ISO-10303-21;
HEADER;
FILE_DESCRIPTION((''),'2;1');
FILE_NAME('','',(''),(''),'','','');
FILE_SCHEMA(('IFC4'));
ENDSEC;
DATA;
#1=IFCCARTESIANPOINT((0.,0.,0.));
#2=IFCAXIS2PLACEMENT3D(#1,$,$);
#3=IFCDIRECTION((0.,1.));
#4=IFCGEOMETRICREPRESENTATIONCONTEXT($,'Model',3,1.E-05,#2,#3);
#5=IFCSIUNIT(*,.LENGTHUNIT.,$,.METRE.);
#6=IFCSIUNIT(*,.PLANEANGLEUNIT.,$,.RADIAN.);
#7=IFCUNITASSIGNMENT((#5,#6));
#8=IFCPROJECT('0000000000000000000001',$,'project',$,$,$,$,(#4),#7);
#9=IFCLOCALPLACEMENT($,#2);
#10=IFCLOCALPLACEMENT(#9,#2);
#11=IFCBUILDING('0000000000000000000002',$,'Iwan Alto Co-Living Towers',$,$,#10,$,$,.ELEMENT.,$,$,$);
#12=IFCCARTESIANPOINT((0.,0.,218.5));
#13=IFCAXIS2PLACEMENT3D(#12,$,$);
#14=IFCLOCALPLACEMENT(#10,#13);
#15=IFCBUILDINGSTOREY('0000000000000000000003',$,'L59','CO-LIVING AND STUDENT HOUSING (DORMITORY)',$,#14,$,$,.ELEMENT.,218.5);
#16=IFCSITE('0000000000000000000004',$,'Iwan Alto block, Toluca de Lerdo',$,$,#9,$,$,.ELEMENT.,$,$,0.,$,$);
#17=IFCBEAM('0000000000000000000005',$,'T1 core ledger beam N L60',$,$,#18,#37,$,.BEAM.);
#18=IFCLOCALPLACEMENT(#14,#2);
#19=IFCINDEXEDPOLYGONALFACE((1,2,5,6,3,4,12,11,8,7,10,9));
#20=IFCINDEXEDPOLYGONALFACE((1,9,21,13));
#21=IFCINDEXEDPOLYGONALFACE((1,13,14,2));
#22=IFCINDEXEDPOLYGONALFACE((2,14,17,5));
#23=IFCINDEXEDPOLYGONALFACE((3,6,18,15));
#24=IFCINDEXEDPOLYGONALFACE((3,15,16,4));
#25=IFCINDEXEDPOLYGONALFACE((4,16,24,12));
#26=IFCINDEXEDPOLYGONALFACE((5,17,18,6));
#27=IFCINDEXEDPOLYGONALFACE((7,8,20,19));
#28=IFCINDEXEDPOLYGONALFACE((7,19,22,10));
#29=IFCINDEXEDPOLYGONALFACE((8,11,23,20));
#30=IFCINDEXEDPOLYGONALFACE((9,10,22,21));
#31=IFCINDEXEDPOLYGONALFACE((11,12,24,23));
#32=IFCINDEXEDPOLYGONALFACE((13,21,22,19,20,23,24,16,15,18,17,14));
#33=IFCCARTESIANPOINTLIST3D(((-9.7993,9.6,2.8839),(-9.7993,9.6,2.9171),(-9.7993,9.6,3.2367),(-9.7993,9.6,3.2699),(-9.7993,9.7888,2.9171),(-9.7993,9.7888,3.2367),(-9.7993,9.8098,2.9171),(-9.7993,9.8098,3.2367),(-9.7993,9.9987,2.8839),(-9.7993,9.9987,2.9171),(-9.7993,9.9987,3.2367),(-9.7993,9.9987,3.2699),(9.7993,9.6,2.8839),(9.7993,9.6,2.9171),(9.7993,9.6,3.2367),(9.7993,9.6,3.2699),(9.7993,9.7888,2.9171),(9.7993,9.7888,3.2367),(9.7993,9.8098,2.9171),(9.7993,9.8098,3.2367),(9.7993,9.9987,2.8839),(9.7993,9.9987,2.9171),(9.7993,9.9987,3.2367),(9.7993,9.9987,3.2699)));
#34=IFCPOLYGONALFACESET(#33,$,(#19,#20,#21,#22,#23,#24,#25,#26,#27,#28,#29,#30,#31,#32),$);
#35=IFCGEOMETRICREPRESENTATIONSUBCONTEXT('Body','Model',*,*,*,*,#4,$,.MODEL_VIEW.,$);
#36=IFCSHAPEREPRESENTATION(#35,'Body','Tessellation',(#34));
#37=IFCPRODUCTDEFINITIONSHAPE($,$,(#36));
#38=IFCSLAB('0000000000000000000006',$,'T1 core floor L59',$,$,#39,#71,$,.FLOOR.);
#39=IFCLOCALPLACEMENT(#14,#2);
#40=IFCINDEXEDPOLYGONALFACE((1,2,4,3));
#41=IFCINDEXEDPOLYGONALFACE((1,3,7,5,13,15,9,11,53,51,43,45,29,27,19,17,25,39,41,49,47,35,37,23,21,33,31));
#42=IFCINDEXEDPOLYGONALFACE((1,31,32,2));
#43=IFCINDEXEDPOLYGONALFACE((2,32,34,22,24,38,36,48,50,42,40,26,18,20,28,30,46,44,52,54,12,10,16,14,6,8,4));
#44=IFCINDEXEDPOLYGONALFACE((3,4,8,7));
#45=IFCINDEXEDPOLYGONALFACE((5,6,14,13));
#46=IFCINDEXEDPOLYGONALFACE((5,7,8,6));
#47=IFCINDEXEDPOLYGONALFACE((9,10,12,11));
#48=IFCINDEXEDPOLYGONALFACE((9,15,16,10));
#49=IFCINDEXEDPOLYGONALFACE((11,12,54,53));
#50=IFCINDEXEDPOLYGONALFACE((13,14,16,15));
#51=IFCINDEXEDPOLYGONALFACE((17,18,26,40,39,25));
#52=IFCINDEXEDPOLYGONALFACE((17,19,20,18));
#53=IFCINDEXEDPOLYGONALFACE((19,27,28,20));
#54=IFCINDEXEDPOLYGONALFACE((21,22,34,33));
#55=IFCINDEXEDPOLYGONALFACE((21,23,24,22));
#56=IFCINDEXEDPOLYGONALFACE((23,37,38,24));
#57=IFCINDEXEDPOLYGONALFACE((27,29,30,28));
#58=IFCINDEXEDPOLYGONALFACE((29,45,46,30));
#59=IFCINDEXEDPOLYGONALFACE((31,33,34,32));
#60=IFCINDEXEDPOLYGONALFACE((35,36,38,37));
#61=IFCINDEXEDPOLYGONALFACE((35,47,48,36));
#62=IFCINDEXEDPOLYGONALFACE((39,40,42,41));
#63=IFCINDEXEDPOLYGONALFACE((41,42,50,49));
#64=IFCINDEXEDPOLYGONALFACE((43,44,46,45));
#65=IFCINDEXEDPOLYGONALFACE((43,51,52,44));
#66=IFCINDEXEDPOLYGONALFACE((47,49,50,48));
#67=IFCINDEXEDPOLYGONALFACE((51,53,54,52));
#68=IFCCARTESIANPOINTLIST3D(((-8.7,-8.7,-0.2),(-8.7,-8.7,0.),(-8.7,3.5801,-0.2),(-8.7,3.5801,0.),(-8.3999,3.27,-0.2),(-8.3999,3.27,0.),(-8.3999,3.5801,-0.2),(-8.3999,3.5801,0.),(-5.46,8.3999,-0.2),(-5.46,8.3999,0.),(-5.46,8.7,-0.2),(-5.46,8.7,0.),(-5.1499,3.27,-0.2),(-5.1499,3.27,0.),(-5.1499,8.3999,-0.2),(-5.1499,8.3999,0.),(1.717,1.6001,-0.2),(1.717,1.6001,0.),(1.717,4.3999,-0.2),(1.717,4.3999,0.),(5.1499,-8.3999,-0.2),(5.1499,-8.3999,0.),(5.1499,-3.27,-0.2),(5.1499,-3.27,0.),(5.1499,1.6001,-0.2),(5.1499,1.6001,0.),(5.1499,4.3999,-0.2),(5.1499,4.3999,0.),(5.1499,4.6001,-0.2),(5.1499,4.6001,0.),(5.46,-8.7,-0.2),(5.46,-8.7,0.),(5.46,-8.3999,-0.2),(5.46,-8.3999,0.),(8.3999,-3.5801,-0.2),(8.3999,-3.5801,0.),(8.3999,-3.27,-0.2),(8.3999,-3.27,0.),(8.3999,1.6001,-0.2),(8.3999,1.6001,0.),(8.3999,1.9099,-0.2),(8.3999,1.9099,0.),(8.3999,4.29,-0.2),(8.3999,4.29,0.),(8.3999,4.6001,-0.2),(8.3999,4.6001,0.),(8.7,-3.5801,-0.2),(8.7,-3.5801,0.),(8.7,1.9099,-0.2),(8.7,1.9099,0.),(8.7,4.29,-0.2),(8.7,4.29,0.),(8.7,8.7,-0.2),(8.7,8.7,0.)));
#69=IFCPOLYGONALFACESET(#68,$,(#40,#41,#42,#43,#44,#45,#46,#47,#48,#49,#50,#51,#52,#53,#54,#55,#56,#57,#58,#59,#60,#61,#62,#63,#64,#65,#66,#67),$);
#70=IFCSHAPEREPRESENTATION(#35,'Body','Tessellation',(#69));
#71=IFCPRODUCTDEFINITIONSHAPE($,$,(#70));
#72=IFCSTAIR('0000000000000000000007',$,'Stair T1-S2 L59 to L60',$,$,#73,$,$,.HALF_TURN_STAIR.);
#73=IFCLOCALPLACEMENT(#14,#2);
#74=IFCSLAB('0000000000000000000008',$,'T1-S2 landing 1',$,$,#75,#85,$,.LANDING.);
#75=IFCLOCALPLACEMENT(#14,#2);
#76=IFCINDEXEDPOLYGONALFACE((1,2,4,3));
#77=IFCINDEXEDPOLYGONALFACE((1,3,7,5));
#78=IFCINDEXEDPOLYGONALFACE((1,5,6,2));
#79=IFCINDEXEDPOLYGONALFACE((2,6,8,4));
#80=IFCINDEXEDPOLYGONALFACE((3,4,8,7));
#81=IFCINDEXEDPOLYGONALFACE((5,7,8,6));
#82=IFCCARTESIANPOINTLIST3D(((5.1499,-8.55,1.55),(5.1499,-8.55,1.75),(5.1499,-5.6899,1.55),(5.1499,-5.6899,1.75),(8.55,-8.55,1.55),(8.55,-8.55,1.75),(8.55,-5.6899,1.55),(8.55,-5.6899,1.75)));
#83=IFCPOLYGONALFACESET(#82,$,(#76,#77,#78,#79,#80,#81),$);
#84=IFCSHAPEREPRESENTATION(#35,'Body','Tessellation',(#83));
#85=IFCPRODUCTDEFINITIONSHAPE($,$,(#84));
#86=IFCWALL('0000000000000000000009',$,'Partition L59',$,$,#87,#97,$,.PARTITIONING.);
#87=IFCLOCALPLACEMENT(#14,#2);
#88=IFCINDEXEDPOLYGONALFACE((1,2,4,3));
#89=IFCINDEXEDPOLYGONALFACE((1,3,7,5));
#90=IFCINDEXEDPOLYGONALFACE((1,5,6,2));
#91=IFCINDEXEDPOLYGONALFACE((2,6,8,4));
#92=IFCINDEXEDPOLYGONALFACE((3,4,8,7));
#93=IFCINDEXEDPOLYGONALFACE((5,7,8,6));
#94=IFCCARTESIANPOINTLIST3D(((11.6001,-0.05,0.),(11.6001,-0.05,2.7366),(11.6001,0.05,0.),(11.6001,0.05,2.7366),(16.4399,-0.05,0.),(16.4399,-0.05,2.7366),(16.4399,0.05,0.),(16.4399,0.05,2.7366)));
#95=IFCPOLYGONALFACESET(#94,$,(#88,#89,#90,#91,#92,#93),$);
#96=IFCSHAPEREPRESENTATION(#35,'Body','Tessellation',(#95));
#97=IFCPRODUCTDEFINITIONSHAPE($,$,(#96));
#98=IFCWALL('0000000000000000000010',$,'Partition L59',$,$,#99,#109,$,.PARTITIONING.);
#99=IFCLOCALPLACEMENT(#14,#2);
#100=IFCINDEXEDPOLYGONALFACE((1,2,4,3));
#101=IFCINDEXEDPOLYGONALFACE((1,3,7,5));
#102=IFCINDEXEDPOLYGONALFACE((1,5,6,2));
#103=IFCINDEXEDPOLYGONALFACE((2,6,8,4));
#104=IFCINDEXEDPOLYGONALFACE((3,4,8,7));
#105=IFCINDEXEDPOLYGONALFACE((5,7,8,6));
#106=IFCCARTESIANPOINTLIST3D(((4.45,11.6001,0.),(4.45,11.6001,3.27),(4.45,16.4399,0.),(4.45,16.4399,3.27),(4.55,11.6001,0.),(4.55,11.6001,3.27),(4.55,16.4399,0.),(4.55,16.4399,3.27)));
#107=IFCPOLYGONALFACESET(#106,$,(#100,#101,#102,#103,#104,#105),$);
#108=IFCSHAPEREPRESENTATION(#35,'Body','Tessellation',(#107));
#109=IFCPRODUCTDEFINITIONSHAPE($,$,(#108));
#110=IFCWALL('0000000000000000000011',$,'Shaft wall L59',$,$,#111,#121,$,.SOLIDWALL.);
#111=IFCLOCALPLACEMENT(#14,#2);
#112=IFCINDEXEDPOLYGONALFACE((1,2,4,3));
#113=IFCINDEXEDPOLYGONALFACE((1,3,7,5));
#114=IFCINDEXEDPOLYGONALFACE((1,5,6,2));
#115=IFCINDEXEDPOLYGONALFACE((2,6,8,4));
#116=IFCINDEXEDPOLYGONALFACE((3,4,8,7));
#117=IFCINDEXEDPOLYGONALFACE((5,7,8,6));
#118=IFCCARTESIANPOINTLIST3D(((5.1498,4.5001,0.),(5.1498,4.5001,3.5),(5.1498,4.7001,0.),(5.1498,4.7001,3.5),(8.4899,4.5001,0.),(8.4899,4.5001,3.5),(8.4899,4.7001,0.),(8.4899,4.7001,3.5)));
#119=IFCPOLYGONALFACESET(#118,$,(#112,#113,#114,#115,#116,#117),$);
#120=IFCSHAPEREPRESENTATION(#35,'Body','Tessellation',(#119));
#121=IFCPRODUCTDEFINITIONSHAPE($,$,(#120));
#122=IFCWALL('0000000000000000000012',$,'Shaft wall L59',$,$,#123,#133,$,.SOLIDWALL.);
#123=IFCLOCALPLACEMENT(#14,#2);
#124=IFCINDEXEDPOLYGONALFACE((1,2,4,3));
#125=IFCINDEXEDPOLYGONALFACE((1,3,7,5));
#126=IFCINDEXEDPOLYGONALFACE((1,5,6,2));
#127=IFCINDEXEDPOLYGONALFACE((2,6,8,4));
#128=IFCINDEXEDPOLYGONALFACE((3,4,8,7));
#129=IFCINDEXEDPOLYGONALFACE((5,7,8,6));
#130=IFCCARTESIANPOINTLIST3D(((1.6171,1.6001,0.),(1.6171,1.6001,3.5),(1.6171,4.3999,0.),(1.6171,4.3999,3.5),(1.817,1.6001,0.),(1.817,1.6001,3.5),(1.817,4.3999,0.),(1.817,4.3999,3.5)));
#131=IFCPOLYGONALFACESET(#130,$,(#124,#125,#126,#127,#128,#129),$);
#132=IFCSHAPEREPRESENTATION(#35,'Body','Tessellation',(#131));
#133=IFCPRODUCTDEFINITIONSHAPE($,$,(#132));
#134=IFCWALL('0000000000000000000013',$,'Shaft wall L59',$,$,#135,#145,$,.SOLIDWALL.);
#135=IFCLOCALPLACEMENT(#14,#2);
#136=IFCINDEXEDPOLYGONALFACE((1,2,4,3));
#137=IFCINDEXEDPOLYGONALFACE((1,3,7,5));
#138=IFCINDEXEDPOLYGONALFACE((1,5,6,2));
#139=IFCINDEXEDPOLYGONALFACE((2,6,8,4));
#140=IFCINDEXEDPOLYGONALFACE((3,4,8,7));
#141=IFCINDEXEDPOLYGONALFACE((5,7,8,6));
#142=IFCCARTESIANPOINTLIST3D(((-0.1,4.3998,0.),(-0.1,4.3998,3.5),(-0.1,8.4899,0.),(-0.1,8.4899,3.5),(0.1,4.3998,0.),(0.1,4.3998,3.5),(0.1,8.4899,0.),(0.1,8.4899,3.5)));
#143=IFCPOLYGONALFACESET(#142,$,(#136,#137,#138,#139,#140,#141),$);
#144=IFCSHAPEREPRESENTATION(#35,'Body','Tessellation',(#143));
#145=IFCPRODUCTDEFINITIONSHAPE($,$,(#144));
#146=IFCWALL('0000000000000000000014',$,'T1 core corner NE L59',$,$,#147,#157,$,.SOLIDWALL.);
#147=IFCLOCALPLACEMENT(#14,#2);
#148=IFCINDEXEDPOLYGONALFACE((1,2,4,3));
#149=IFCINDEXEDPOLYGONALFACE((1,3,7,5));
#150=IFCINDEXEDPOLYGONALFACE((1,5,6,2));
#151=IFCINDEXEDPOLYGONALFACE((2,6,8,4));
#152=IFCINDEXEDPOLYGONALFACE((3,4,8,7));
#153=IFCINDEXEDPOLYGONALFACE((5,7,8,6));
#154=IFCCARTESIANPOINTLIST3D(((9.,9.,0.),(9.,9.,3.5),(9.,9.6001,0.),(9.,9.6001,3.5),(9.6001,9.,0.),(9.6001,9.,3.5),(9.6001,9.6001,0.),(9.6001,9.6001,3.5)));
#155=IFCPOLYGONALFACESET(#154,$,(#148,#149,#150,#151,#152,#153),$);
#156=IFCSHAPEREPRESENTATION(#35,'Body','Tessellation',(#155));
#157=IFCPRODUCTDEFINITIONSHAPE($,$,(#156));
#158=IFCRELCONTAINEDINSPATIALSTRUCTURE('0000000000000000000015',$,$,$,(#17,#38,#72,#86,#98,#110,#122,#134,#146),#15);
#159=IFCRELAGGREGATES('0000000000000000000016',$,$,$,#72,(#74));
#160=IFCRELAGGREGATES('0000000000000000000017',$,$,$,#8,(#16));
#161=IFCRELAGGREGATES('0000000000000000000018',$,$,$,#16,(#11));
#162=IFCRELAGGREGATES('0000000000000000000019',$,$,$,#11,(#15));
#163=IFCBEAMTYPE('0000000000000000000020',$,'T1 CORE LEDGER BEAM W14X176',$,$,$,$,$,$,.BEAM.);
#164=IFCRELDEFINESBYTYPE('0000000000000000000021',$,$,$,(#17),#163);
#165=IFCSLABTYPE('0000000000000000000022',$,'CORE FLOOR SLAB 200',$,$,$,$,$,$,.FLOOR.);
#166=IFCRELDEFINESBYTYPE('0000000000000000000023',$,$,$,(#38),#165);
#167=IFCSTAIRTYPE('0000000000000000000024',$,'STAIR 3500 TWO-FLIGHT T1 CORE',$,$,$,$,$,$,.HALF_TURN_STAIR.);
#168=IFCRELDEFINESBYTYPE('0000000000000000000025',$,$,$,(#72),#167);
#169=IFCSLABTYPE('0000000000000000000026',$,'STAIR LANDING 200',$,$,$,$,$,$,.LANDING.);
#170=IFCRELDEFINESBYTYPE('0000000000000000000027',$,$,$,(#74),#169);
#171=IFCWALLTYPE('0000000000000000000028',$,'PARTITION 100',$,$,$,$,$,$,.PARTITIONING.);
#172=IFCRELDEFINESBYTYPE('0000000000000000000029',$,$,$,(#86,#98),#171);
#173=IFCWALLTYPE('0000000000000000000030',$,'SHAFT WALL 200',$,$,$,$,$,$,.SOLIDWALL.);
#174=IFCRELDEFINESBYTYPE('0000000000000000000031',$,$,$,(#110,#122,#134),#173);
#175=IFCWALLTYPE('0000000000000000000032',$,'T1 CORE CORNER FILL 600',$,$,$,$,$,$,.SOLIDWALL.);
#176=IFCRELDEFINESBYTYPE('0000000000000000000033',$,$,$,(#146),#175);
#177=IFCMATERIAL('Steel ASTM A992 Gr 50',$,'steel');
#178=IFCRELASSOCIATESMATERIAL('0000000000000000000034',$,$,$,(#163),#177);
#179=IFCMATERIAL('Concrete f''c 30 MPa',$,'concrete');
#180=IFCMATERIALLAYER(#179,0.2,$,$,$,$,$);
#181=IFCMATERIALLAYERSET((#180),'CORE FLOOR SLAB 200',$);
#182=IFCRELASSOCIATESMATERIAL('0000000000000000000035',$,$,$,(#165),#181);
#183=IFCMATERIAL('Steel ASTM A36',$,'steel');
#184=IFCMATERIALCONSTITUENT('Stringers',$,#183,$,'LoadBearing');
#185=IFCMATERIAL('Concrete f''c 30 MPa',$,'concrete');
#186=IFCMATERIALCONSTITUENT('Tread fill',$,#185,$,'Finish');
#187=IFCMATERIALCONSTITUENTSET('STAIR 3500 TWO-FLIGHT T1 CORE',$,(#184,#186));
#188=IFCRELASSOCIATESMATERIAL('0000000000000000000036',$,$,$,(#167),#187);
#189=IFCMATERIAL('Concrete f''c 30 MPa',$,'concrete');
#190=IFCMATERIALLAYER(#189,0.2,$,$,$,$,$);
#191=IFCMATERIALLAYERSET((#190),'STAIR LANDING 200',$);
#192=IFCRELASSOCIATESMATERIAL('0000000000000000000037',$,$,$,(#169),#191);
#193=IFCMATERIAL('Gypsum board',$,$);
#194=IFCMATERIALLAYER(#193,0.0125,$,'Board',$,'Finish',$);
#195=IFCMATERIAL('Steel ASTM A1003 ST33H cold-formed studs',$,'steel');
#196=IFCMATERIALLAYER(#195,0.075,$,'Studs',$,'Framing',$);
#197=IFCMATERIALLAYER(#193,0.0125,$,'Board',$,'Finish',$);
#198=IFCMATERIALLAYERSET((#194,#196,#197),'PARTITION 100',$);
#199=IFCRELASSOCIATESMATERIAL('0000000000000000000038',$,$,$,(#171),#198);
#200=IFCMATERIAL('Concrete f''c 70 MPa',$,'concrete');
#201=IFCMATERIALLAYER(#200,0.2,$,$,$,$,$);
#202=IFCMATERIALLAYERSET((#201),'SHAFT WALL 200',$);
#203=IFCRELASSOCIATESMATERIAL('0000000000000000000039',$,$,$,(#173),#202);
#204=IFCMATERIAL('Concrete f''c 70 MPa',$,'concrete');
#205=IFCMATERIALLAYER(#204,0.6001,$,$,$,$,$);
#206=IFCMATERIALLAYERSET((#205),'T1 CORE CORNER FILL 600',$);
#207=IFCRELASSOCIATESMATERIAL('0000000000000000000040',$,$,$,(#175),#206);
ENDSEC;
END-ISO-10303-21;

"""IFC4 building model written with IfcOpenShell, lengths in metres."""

from ifc_helpers import new_model, si_unit, direction, frame, frame_2d, origin, origin_2d, place, context, subcontext, project, spatial, polyline, rectangle, i_section, outline, extrude, material, layer, layer_set, constituent, constituent_set, material_profile, profile_set, type_object, element, aggregate, save


model = new_model("IFC4")

# Units and contexts
model_context = context("Model", 3, precision=1e-05, world=origin(), true_north=direction((0.0, 1.0)))
body_context = subcontext(model_context, "Body", "Model", "MODEL_VIEW")
ifc_project = project(units=[si_unit("LENGTHUNIT", "METRE"), si_unit("PLANEANGLEUNIT", "RADIAN")], contexts=[model_context])

# Site, building, storey
site_placement = place(None, origin())
site = spatial("IfcSite", under=ifc_project, at=site_placement, Name="Iwan Alto block, Toluca de Lerdo", CompositionType="ELEMENT", RefElevation=0.0)
building_placement = place(site_placement, origin())
building = spatial("IfcBuilding", under=site, at=building_placement, Name="Iwan Alto Co-Living Towers", CompositionType="ELEMENT")
storey_placement = place(building_placement, frame((0.0, 0.0, 218.5)))
storey = spatial("IfcBuildingStorey", under=building, at=storey_placement, Name="L59", Description="CO-LIVING AND STUDENT HOUSING (DORMITORY)", CompositionType="ELEMENT", Elevation=218.5)

# Beam
ifc_material_1 = material(Name="Steel ASTM A992 Gr 50", Category="steel")
ifc_material_profile = material_profile(ifc_material_1, i_section(OverallWidth=0.3987, OverallDepth=0.386, WebThickness=0.021, FlangeThickness=0.0332, at=origin_2d()), Name="W14X176")
ifc_profile_set = profile_set([ifc_material_profile], Name="Steel ASTM A992 Gr 50")
beam_type = type_object("IfcBeamType", Name="T1 CORE LEDGER BEAM W14X176", PredefinedType="BEAM", material=ifc_profile_set)
beam_placement = place(storey_placement, frame((9.7993, 9.7993, 3.0769), z_axis=(-1.0, 0.0, 0.0), x_axis=(0.0, -1.0, 0.0)))
element("IfcBeam", 1, at=beam_placement, inside=storey, type_object=beam_type, Name="T1 core ledger beam N L60", PredefinedType="BEAM", context=body_context, shape_type="SweptSolid", body=[
    extrude(i_section(OverallWidth=0.3987, OverallDepth=0.386, WebThickness=0.021, FlangeThickness=0.0332, at=origin_2d()), origin(), (0.0, 0.0, 1.0), 19.5986),
])

# Slab
ifc_material_2 = material(Name="Concrete f'c 30 MPa", Category="concrete")
ifc_layer_1 = layer(ifc_material_2, 0.2)
ifc_layer_set_1 = layer_set([ifc_layer_1], Name="CORE FLOOR SLAB 200")
slab_type_1 = type_object("IfcSlabType", Name="CORE FLOOR SLAB 200", PredefinedType="FLOOR", material=ifc_layer_set_1)
slab_1_placement = place(storey_placement, frame((0.0, 0.0, -0.2)))
element("IfcSlab", 2, at=slab_1_placement, inside=storey, type_object=slab_type_1, Name="T1 core floor L59", PredefinedType="FLOOR", context=body_context, shape_type="SweptSolid", body=[
    extrude(outline(polyline([(-8.7, 3.5801), (-8.3999, 3.5801), (-8.3999, 3.27), (-5.1499, 3.27), (-5.1499, 8.3999), (-5.46, 8.3999), (-5.46, 8.7), (8.7, 8.7), (8.7, 4.29), (8.3999, 4.29), (8.3999, 4.6001), (5.1499, 4.6001), (5.1499, 4.3999), (1.717, 4.3999), (1.717, 1.6001), (5.1499, 1.6001), (8.3999, 1.6001), (8.3999, 1.9099), (8.7, 1.9099), (8.7, -3.5801), (8.3999, -3.5801), (8.3999, -3.27), (5.1499, -3.27), (5.1499, -8.3999), (5.46, -8.3999), (5.46, -8.7), (-8.7, -8.7), (-8.7, 3.5801)])), origin(), (0.0, 0.0, 1.0), 0.2),
])

# Stair, slab
ifc_material_3 = material(Name="Steel ASTM A36", Category="steel")
ifc_constituent_1 = constituent(ifc_material_3, Name="Stringers", Category="LoadBearing")
ifc_material_4 = material(Name="Concrete f'c 30 MPa", Category="concrete")
ifc_constituent_2 = constituent(ifc_material_4, Name="Tread fill", Category="Finish")
ifc_constituent_set = constituent_set(constituents=[ifc_constituent_1, ifc_constituent_2], Name="STAIR 3500 TWO-FLIGHT T1 CORE")
stair_type = type_object("IfcStairType", Name="STAIR 3500 TWO-FLIGHT T1 CORE", PredefinedType="HALF_TURN_STAIR", material=ifc_constituent_set)
stair_placement = place(storey_placement, origin())
stair = element("IfcStair", 3, at=stair_placement, inside=storey, type_object=stair_type, Name="Stair T1-S2 L59 to L60", PredefinedType="HALF_TURN_STAIR")
ifc_material_5 = material(Name="Concrete f'c 30 MPa", Category="concrete")
ifc_layer_2 = layer(ifc_material_5, 0.2)
ifc_layer_set_2 = layer_set([ifc_layer_2], Name="STAIR LANDING 200")
slab_type_2 = type_object("IfcSlabType", Name="STAIR LANDING 200", PredefinedType="LANDING", material=ifc_layer_set_2)
slab_2_placement = place(storey_placement, frame((0.0, 0.0, 1.55)))
slab_2 = element("IfcSlab", 4, at=slab_2_placement, type_object=slab_type_2, Name="T1-S2 landing 1", PredefinedType="LANDING", context=body_context, shape_type="SweptSolid", body=[
    extrude(outline(polyline([(5.1499, -5.6899), (5.1499, -8.55), (8.55, -8.55), (8.55, -5.6899), (5.1499, -5.6899)])), origin(), (0.0, 0.0, 1.0), 0.2),
])
aggregate(stair, [slab_2])

# Walls
ifc_material_6 = material(Name="Gypsum board")
ifc_layer_3 = layer(ifc_material_6, 0.0125, Name="Board", Category="Finish")
ifc_material_7 = material(Name="Steel ASTM A1003 ST33H cold-formed studs", Category="steel")
ifc_layer_4 = layer(ifc_material_7, 0.075, Name="Studs", Category="Framing")
ifc_layer_5 = layer(ifc_material_6, 0.0125, Name="Board", Category="Finish")
ifc_layer_set_3 = layer_set([ifc_layer_3, ifc_layer_4, ifc_layer_5], Name="PARTITION 100")
wall_type_1 = type_object("IfcWallType", Name="PARTITION 100", PredefinedType="PARTITIONING", material=ifc_layer_set_3)
wall_1_placement = place(storey_placement, frame((11.6001, 0.0, 0.0), z_axis=(0.0, 0.0, 1.0), x_axis=(1.0, 0.0, 0.0)))
element("IfcWall", 5, at=wall_1_placement, inside=storey, type_object=wall_type_1, Name="Partition L59", PredefinedType="PARTITIONING", context=body_context, shape_type="SweptSolid", body=[
    extrude(rectangle(XDim=4.8398, YDim=0.1001, at=frame_2d((2.4199, 0.0))), origin(), (0.0, 0.0, 1.0), 2.7366),
])
wall_2_placement = place(storey_placement, frame((4.5, 11.6001, 0.0), z_axis=(0.0, 0.0, 1.0), x_axis=(0.0, 1.0, 0.0)))
element("IfcWall", 6, at=wall_2_placement, inside=storey, type_object=wall_type_1, Name="Partition L59", PredefinedType="PARTITIONING", context=body_context, shape_type="SweptSolid", body=[
    extrude(rectangle(XDim=4.8398, YDim=0.1001, at=frame_2d((2.4199, 0.0))), origin(), (0.0, 0.0, 1.0), 3.27),
])
ifc_material_8 = material(Name="Concrete f'c 70 MPa", Category="concrete")
ifc_layer_6 = layer(ifc_material_8, 0.2)
ifc_layer_set_4 = layer_set([ifc_layer_6], Name="SHAFT WALL 200")
wall_type_2 = type_object("IfcWallType", Name="SHAFT WALL 200", PredefinedType="SOLIDWALL", material=ifc_layer_set_4)
wall_3_placement = place(storey_placement, frame((5.1499, 4.6001, 0.0), z_axis=(0.0, 0.0, 1.0), x_axis=(1.0, 0.0, 0.0)))
element("IfcWall", 7, at=wall_3_placement, inside=storey, type_object=wall_type_2, Name="Shaft wall L59", PredefinedType="SOLIDWALL", context=body_context, shape_type="SweptSolid", body=[
    extrude(rectangle(XDim=3.3401, YDim=0.2, at=frame_2d((1.6699, 0.0))), origin(), (0.0, 0.0, 1.0), 3.5),
])
wall_4_placement = place(storey_placement, frame((1.717, 1.6001, 0.0), z_axis=(0.0, 0.0, 1.0), x_axis=(0.0, 1.0, 0.0)))
element("IfcWall", 8, at=wall_4_placement, inside=storey, type_object=wall_type_2, Name="Shaft wall L59", PredefinedType="SOLIDWALL", context=body_context, shape_type="SweptSolid", body=[
    extrude(rectangle(XDim=2.7998, YDim=0.2, at=frame_2d((1.3999, 0.0))), origin(), (0.0, 0.0, 1.0), 3.5),
])
wall_5_placement = place(storey_placement, frame((0.0, 4.3999, 0.0), z_axis=(0.0, 0.0, 1.0), x_axis=(0.0, 1.0, 0.0)))
element("IfcWall", 9, at=wall_5_placement, inside=storey, type_object=wall_type_2, Name="Shaft wall L59", PredefinedType="SOLIDWALL", context=body_context, shape_type="SweptSolid", body=[
    extrude(rectangle(XDim=4.0901, YDim=0.2, at=frame_2d((2.0449, 0.0))), origin(), (0.0, 0.0, 1.0), 3.5),
])
ifc_material_9 = material(Name="Concrete f'c 70 MPa", Category="concrete")
ifc_layer_7 = layer(ifc_material_9, 0.6001)
ifc_layer_set_5 = layer_set([ifc_layer_7], Name="T1 CORE CORNER FILL 600")
wall_type_3 = type_object("IfcWallType", Name="T1 CORE CORNER FILL 600", PredefinedType="SOLIDWALL", material=ifc_layer_set_5)
wall_6_placement = place(storey_placement, frame((9.0, 9.3, 0.0), z_axis=(0.0, 0.0, 1.0), x_axis=(1.0, 0.0, 0.0)))
element("IfcWall", 10, at=wall_6_placement, inside=storey, type_object=wall_type_3, Name="T1 core corner NE L59", PredefinedType="SOLIDWALL", context=body_context, shape_type="SweptSolid", body=[
    extrude(rectangle(XDim=0.6001, YDim=0.6001, at=frame_2d((0.3, 0.0))), origin(), (0.0, 0.0, 1.0), 3.5),
])

save(model, "model.ifc")
